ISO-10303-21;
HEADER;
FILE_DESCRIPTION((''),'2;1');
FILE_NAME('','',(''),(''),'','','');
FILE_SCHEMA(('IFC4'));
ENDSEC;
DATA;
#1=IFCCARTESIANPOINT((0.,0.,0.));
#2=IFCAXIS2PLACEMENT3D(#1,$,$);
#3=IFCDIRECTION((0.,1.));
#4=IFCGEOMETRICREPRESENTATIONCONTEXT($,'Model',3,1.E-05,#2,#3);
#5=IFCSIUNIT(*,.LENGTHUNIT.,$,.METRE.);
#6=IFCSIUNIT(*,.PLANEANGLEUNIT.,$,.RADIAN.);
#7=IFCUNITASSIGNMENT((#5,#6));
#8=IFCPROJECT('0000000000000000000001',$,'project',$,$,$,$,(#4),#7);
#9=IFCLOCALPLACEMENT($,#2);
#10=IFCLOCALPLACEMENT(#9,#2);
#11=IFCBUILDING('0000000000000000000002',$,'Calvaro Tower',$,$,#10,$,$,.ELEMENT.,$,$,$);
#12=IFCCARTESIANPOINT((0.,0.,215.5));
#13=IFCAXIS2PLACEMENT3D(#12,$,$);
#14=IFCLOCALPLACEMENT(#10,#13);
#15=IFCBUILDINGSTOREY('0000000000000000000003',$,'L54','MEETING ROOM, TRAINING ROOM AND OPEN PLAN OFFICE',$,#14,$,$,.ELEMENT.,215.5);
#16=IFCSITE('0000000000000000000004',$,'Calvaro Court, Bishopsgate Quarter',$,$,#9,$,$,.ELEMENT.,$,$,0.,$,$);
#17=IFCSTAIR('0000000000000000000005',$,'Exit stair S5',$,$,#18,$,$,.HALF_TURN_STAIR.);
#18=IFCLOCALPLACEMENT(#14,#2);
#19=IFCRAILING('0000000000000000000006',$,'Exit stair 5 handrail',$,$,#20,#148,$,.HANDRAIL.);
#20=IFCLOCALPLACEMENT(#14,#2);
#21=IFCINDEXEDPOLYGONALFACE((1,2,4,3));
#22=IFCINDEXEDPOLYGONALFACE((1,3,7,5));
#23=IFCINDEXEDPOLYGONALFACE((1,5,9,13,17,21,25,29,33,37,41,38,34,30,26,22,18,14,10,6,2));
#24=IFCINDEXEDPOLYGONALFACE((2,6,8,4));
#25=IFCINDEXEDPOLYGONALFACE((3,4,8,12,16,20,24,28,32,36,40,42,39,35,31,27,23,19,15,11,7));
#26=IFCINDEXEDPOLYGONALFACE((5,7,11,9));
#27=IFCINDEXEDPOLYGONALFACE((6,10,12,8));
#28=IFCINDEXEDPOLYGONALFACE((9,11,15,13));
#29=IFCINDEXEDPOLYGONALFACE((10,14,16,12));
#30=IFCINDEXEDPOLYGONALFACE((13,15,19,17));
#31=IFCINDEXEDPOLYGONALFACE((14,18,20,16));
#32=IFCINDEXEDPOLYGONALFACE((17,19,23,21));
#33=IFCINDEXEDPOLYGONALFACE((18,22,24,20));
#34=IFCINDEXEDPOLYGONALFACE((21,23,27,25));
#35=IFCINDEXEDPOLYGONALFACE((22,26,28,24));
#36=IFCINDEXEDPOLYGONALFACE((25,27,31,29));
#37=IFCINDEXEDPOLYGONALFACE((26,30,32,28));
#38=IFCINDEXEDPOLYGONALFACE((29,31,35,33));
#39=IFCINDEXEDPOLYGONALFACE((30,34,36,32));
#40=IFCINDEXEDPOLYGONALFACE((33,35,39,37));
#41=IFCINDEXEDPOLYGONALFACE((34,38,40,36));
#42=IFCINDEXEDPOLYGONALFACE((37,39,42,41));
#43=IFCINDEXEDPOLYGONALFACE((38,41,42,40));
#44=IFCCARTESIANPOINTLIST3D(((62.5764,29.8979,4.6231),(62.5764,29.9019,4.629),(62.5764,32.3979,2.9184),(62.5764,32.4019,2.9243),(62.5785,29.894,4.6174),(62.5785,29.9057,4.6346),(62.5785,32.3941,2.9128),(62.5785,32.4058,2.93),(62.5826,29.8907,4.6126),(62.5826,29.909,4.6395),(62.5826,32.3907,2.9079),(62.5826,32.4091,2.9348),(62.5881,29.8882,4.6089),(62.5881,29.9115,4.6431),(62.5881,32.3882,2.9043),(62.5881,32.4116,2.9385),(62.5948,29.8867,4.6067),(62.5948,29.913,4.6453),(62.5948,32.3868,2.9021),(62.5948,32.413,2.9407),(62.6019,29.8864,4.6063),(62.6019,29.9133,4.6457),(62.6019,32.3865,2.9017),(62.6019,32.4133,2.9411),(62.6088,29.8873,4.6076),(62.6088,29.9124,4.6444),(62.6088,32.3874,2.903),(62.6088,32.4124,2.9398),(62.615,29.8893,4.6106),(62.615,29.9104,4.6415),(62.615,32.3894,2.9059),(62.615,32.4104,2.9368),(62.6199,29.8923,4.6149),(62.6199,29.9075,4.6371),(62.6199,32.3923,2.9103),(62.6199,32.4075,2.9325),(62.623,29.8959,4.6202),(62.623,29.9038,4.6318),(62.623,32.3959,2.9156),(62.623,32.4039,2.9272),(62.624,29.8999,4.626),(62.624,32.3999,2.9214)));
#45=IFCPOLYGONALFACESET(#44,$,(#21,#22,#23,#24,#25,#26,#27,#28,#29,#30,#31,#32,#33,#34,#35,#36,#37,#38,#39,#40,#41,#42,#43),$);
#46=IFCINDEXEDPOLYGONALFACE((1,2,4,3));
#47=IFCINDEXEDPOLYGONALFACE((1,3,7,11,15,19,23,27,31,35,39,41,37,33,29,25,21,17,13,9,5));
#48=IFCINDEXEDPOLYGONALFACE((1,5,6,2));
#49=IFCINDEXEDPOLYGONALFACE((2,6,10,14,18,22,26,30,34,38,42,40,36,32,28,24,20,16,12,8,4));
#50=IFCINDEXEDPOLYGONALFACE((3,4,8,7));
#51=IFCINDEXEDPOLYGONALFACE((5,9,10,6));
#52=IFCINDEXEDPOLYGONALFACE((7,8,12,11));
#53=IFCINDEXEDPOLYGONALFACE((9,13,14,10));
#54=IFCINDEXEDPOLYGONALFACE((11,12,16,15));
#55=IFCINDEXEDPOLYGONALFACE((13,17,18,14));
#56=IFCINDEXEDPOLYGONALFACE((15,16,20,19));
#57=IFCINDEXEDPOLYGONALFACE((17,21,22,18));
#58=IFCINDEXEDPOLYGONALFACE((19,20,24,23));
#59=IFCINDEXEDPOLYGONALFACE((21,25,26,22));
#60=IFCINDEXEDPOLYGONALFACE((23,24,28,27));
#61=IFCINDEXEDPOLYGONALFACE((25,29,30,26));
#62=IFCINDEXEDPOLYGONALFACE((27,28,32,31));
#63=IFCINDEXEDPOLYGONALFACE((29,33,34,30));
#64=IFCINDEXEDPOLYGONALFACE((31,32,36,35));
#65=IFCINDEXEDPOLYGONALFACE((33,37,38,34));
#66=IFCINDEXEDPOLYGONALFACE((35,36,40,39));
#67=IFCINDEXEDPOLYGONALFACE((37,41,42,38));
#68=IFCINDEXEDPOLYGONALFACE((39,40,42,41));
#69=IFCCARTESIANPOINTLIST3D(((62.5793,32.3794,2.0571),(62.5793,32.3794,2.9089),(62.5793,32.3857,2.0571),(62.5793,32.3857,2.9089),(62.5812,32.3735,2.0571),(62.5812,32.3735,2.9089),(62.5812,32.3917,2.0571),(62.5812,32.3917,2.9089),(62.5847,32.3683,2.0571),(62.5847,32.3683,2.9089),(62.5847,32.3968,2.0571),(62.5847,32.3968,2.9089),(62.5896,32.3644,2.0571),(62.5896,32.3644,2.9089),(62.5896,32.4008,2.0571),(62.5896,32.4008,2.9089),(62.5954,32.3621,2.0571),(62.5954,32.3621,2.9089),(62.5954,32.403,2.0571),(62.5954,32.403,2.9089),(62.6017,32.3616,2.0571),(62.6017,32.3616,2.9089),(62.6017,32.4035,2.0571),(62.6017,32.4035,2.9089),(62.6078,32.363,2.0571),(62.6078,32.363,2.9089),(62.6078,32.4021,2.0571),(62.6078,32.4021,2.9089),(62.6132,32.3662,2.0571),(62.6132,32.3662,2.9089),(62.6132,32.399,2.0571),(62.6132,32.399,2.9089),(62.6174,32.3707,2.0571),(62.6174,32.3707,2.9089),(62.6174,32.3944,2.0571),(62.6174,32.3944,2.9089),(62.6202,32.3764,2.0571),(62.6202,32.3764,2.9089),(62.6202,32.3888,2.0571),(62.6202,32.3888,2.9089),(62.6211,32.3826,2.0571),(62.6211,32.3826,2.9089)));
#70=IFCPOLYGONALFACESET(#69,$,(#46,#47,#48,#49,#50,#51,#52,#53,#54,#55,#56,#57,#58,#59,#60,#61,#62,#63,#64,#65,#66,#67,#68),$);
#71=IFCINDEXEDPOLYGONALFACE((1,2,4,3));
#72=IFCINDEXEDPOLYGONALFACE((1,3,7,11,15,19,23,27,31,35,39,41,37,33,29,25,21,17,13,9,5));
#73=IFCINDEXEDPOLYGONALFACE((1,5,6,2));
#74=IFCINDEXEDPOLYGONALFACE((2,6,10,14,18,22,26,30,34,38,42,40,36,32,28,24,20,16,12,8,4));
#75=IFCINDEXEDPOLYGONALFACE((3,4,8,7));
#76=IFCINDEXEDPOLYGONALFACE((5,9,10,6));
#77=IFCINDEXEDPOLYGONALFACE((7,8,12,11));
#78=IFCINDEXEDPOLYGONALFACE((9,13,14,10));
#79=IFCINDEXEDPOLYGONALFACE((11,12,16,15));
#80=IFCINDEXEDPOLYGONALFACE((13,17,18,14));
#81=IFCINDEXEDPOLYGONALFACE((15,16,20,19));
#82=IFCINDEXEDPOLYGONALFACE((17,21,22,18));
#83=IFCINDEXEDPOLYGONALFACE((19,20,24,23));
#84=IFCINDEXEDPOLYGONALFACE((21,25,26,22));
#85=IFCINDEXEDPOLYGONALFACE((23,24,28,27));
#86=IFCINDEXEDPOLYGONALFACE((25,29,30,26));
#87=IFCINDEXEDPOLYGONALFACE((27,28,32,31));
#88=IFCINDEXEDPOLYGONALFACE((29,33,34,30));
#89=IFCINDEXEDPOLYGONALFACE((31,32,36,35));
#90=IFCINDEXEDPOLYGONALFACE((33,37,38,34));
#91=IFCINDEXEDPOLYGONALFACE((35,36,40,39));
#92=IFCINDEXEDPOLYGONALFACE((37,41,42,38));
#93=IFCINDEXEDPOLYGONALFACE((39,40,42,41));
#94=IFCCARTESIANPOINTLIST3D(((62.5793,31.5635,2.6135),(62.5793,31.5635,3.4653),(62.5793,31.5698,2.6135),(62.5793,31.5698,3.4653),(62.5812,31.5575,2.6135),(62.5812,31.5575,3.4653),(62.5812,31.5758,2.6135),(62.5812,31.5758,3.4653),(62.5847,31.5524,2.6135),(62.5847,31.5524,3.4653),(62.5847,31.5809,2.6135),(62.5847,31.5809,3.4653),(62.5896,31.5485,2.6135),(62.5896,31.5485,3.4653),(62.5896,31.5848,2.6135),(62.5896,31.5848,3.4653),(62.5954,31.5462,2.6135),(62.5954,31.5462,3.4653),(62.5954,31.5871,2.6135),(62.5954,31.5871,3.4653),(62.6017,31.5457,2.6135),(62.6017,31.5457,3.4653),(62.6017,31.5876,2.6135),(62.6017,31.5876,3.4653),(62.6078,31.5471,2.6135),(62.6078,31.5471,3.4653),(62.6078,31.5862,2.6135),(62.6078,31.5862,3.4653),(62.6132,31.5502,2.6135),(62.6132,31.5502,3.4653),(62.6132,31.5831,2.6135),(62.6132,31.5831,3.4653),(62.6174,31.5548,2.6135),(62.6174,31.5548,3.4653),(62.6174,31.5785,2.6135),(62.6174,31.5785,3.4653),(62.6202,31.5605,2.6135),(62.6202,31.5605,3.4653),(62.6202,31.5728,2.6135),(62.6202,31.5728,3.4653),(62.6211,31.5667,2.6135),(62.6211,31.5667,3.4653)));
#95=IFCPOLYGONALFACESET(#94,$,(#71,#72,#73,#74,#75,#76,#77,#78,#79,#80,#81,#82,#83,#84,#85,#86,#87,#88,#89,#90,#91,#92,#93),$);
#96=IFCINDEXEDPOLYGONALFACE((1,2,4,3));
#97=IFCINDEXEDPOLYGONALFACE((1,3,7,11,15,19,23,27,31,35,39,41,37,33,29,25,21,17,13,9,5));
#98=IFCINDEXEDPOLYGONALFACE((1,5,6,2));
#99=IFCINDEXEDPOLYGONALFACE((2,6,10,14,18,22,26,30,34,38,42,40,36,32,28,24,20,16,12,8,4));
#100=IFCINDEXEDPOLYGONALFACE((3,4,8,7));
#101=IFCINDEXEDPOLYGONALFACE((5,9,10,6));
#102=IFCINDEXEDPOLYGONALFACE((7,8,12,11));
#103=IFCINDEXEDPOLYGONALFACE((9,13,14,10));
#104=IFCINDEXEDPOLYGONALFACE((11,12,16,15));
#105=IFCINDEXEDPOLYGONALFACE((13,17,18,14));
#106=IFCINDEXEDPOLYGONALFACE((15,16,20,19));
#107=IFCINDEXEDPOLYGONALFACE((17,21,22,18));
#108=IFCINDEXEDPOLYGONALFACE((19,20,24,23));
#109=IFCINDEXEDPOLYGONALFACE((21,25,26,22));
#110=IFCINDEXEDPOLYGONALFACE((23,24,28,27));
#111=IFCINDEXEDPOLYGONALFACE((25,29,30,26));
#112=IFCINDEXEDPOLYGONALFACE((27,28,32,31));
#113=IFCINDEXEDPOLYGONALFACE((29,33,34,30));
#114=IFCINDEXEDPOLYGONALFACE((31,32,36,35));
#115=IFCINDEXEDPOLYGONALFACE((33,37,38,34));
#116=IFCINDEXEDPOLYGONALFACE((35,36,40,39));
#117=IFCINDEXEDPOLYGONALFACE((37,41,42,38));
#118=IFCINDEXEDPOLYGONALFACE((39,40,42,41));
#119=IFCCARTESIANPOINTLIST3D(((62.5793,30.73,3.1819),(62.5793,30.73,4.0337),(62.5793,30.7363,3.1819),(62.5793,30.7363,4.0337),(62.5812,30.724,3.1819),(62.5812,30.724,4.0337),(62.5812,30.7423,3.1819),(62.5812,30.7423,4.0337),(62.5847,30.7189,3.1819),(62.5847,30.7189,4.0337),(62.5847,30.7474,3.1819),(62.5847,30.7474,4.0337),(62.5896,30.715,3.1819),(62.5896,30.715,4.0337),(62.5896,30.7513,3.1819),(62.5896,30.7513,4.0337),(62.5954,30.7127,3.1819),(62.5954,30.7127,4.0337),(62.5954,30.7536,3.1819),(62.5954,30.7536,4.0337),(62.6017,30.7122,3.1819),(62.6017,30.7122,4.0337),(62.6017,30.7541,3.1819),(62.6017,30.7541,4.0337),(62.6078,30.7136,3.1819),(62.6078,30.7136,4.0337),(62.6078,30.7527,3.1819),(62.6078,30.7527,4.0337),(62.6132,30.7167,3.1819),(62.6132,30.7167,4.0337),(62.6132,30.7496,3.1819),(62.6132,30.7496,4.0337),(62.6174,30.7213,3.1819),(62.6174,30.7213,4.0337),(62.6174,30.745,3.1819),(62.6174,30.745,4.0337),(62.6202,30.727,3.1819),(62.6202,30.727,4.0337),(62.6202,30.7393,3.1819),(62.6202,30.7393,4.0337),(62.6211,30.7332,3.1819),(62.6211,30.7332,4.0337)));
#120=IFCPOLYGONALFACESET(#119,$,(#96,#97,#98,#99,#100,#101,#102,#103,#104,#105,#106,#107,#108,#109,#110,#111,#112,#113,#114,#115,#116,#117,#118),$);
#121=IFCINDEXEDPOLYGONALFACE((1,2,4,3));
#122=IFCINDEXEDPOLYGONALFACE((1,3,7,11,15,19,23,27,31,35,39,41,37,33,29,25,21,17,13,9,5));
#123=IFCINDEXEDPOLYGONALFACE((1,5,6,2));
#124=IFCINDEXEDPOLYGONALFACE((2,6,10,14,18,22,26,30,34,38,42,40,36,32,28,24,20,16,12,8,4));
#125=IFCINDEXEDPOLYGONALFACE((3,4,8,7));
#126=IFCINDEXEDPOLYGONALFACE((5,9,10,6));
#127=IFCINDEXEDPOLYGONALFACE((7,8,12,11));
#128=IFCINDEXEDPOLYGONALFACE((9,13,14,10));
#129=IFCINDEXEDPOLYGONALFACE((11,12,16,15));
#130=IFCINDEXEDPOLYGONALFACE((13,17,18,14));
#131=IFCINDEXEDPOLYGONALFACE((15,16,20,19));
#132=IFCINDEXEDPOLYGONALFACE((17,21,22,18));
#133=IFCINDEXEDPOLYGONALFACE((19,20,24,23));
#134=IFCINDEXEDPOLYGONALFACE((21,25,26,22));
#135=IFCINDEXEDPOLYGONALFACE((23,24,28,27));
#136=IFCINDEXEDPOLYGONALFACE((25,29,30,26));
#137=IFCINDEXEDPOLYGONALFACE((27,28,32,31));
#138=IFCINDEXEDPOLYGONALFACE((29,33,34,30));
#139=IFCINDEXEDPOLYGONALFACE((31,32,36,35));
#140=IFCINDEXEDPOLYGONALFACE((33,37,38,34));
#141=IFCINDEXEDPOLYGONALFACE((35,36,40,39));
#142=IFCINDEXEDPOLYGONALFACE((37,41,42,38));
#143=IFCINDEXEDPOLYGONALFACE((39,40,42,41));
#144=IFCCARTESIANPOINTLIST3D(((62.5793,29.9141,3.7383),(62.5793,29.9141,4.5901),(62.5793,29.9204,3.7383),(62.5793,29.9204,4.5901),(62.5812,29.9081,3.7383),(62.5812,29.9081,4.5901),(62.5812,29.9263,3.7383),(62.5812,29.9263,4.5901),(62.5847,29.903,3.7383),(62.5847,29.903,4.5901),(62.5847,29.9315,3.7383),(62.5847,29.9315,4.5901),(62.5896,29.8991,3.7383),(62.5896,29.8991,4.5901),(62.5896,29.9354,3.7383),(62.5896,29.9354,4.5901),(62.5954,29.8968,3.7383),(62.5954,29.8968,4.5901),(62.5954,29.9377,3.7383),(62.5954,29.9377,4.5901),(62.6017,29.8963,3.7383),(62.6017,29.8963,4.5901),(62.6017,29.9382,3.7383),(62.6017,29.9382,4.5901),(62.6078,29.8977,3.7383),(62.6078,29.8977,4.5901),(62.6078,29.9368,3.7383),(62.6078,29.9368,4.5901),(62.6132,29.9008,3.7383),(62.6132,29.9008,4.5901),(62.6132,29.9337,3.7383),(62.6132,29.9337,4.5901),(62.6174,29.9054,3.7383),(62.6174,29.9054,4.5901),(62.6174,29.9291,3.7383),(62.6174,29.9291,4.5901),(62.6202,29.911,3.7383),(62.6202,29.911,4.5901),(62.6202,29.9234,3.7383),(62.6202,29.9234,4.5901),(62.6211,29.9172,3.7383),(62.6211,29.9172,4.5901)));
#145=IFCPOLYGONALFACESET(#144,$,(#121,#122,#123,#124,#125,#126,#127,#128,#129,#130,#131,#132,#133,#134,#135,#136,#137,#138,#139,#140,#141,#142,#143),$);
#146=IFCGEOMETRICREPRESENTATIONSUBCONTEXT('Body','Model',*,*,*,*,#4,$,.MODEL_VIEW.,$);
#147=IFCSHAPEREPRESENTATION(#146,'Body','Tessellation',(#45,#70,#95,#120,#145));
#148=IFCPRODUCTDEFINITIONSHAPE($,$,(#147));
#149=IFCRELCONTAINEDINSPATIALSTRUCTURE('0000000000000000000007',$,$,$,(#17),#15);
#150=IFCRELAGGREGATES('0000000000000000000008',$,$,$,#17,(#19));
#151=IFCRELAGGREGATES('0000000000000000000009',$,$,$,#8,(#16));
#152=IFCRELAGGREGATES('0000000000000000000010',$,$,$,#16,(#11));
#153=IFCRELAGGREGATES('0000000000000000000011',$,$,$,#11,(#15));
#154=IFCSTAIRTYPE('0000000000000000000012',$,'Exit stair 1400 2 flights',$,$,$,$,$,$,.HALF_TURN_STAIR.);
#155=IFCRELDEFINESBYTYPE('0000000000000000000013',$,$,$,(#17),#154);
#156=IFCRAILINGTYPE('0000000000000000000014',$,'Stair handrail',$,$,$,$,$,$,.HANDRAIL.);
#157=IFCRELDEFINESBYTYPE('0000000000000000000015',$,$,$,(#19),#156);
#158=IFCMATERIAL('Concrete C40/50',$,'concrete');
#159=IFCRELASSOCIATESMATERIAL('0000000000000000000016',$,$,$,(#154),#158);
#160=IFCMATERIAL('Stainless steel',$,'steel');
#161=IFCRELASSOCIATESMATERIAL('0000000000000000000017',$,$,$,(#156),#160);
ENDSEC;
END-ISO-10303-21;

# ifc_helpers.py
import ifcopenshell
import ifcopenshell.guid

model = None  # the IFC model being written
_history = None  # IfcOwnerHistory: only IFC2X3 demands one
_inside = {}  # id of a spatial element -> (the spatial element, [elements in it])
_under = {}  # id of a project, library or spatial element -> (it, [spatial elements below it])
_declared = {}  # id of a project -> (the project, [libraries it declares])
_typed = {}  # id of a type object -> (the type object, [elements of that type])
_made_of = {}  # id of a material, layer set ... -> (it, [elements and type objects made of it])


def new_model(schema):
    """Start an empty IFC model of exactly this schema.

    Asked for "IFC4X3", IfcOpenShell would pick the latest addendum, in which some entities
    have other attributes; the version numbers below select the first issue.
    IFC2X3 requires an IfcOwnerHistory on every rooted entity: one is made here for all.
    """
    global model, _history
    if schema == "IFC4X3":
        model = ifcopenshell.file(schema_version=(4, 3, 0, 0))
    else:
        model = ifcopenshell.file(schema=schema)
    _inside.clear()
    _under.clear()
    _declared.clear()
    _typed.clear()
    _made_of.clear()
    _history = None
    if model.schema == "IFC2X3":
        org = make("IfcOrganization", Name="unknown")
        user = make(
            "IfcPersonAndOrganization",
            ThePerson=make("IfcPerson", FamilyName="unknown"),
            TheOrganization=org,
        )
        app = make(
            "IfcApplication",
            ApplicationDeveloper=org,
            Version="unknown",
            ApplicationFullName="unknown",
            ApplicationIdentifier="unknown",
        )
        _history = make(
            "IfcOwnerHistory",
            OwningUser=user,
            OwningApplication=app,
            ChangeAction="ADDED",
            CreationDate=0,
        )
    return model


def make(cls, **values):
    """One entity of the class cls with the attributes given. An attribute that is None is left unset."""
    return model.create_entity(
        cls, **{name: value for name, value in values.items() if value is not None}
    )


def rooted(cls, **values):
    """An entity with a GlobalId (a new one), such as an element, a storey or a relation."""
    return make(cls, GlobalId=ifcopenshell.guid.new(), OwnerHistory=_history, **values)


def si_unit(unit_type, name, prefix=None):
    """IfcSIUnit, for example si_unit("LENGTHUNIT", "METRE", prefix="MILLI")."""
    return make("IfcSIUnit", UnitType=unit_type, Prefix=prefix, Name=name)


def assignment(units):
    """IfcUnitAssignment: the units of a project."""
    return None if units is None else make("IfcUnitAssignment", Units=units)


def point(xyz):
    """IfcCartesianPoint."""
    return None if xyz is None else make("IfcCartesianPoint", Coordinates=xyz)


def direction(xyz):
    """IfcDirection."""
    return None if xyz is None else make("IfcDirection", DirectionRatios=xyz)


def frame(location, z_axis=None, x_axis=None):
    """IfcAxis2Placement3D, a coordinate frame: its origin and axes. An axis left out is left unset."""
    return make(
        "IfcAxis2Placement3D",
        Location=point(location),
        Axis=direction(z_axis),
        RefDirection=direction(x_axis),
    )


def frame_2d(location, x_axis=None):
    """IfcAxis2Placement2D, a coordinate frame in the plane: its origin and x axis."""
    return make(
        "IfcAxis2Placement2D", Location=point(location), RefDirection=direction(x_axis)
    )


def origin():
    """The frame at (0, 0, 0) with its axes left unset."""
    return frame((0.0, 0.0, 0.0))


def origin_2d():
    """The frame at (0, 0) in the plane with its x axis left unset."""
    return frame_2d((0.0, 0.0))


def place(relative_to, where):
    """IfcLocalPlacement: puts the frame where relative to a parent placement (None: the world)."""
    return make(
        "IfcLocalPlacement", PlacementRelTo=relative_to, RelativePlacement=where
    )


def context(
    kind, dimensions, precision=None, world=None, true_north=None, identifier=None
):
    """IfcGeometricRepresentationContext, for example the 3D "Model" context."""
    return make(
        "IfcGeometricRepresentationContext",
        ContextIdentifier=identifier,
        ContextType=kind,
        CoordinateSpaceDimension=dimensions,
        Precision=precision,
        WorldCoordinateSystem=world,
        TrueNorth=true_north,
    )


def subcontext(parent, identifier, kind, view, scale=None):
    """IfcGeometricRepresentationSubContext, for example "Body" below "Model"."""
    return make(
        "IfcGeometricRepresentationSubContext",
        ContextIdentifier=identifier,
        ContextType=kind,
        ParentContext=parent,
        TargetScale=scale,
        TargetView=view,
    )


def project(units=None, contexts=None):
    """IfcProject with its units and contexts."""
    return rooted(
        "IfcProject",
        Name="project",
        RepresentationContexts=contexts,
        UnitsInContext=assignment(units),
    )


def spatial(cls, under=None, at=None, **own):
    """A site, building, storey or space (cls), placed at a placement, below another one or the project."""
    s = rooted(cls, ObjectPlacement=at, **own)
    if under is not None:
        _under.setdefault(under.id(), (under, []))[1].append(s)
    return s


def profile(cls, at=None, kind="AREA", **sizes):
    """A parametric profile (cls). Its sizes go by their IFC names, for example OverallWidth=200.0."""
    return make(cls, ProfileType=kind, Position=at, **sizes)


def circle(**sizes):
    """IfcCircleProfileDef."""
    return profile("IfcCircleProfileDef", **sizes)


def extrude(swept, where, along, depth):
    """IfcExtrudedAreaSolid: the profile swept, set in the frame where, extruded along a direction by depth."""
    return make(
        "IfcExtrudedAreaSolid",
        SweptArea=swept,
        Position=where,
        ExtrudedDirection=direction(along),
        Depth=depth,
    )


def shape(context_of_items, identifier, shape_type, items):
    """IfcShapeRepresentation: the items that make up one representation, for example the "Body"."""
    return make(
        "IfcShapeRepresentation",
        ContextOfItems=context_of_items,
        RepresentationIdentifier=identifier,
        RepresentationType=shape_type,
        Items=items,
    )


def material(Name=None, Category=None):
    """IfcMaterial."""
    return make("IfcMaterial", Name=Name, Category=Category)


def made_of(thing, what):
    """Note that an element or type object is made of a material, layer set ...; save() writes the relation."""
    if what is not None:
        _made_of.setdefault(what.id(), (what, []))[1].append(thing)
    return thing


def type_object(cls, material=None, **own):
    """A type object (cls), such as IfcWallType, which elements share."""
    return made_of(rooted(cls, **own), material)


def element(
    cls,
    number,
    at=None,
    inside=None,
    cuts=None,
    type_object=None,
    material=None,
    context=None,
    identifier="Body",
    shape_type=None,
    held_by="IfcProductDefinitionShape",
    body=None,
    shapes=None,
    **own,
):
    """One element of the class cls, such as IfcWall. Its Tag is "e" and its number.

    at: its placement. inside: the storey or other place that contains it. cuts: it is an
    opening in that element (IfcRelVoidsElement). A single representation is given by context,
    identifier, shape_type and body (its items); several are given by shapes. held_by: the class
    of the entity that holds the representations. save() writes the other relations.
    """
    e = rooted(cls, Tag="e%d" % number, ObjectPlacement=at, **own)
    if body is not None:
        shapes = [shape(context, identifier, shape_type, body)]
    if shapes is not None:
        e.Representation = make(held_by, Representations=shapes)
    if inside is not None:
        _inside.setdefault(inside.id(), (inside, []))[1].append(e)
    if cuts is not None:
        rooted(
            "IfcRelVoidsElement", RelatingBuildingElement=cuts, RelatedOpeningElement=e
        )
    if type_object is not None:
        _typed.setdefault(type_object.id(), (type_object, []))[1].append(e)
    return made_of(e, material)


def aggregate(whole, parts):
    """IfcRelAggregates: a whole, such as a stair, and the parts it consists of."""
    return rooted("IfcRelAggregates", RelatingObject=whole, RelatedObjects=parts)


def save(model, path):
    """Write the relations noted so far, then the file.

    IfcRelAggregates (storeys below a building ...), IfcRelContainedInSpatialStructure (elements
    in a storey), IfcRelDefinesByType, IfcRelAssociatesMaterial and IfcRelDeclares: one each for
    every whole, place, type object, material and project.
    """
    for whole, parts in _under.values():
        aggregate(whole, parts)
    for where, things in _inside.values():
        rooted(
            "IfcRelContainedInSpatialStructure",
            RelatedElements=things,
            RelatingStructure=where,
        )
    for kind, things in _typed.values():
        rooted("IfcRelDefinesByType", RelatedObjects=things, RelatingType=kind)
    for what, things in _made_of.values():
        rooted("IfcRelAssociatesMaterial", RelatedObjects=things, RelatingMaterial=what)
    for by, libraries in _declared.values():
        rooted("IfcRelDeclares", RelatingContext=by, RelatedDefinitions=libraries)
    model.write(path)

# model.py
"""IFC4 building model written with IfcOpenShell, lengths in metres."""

from ifc_helpers import new_model, si_unit, direction, frame, origin, origin_2d, place, context, subcontext, project, spatial, circle, extrude, material, type_object, element, aggregate, save


model = new_model("IFC4")

# Units and contexts
model_context = context("Model", 3, precision=1e-05, world=origin(), true_north=direction((0.0, 1.0)))
body_context = subcontext(model_context, "Body", "Model", "MODEL_VIEW")
ifc_project = project(units=[si_unit("LENGTHUNIT", "METRE"), si_unit("PLANEANGLEUNIT", "RADIAN")], contexts=[model_context])

# Site, building, storey
site_placement = place(None, origin())
site = spatial("IfcSite", under=ifc_project, at=site_placement, Name="Calvaro Court, Bishopsgate Quarter", CompositionType="ELEMENT", RefElevation=0.0)
building_placement = place(site_placement, origin())
building = spatial("IfcBuilding", under=site, at=building_placement, Name="Calvaro Tower", CompositionType="ELEMENT")
storey_placement = place(building_placement, frame((0.0, 0.0, 215.5)))
storey = spatial("IfcBuildingStorey", under=building, at=storey_placement, Name="L54", Description="MEETING ROOM, TRAINING ROOM AND OPEN PLAN OFFICE", CompositionType="ELEMENT", Elevation=215.5)

# Stair
ifc_material_1 = material(Name="Concrete C40/50", Category="concrete")
stair_type = type_object("IfcStairType", Name="Exit stair 1400 2 flights", PredefinedType="HALF_TURN_STAIR", material=ifc_material_1)
stair_1_placement = place(storey_placement, origin())
stair_1 = element("IfcStair", 1, at=stair_1_placement, inside=storey, type_object=stair_type, Name="Exit stair S5", PredefinedType="HALF_TURN_STAIR")

# Shared definitions
ifc_material_2 = material(Name="Stainless steel", Category="steel")
railing_type = type_object("IfcRailingType", Name="Stair handrail", PredefinedType="HANDRAIL", material=ifc_material_2)

# Railing
railing_1_placement = place(storey_placement, frame((62.6001, 32.3999, 2.0454)))
railing_1 = element("IfcRailing", 2, at=railing_1_placement, type_object=railing_type, Name="Exit stair 5 handrail", PredefinedType="HANDRAIL", context=body_context, shape_type="SweptSolid", body=[
    extrude(circle(Radius=0.0239, at=origin_2d()), frame((0.0, 0.0, 0.876), z_axis=(0.0, -0.826221, 0.563347), x_axis=(1.0, 0.0, 0.0)), (0.0, 0.0, 1.0), 3.0259),
    extrude(circle(Radius=0.021, at=origin_2d()), frame((0.0, -0.0173, 0.0117)), (0.0, 0.0, 1.0), 0.8518),
    extrude(circle(Radius=0.021, at=origin_2d()), frame((0.0, -0.8333, 0.5681)), (0.0, 0.0, 1.0), 0.8518),
    extrude(circle(Radius=0.021, at=origin_2d()), frame((0.0, -1.6667, 1.1365)), (0.0, 0.0, 1.0), 0.8518),
    extrude(circle(Radius=0.021, at=origin_2d()), frame((0.0, -2.4827, 1.6929)), (0.0, 0.0, 1.0), 0.8518),
])
aggregate(stair_1, [railing_1])

save(model, "model.ifc")
